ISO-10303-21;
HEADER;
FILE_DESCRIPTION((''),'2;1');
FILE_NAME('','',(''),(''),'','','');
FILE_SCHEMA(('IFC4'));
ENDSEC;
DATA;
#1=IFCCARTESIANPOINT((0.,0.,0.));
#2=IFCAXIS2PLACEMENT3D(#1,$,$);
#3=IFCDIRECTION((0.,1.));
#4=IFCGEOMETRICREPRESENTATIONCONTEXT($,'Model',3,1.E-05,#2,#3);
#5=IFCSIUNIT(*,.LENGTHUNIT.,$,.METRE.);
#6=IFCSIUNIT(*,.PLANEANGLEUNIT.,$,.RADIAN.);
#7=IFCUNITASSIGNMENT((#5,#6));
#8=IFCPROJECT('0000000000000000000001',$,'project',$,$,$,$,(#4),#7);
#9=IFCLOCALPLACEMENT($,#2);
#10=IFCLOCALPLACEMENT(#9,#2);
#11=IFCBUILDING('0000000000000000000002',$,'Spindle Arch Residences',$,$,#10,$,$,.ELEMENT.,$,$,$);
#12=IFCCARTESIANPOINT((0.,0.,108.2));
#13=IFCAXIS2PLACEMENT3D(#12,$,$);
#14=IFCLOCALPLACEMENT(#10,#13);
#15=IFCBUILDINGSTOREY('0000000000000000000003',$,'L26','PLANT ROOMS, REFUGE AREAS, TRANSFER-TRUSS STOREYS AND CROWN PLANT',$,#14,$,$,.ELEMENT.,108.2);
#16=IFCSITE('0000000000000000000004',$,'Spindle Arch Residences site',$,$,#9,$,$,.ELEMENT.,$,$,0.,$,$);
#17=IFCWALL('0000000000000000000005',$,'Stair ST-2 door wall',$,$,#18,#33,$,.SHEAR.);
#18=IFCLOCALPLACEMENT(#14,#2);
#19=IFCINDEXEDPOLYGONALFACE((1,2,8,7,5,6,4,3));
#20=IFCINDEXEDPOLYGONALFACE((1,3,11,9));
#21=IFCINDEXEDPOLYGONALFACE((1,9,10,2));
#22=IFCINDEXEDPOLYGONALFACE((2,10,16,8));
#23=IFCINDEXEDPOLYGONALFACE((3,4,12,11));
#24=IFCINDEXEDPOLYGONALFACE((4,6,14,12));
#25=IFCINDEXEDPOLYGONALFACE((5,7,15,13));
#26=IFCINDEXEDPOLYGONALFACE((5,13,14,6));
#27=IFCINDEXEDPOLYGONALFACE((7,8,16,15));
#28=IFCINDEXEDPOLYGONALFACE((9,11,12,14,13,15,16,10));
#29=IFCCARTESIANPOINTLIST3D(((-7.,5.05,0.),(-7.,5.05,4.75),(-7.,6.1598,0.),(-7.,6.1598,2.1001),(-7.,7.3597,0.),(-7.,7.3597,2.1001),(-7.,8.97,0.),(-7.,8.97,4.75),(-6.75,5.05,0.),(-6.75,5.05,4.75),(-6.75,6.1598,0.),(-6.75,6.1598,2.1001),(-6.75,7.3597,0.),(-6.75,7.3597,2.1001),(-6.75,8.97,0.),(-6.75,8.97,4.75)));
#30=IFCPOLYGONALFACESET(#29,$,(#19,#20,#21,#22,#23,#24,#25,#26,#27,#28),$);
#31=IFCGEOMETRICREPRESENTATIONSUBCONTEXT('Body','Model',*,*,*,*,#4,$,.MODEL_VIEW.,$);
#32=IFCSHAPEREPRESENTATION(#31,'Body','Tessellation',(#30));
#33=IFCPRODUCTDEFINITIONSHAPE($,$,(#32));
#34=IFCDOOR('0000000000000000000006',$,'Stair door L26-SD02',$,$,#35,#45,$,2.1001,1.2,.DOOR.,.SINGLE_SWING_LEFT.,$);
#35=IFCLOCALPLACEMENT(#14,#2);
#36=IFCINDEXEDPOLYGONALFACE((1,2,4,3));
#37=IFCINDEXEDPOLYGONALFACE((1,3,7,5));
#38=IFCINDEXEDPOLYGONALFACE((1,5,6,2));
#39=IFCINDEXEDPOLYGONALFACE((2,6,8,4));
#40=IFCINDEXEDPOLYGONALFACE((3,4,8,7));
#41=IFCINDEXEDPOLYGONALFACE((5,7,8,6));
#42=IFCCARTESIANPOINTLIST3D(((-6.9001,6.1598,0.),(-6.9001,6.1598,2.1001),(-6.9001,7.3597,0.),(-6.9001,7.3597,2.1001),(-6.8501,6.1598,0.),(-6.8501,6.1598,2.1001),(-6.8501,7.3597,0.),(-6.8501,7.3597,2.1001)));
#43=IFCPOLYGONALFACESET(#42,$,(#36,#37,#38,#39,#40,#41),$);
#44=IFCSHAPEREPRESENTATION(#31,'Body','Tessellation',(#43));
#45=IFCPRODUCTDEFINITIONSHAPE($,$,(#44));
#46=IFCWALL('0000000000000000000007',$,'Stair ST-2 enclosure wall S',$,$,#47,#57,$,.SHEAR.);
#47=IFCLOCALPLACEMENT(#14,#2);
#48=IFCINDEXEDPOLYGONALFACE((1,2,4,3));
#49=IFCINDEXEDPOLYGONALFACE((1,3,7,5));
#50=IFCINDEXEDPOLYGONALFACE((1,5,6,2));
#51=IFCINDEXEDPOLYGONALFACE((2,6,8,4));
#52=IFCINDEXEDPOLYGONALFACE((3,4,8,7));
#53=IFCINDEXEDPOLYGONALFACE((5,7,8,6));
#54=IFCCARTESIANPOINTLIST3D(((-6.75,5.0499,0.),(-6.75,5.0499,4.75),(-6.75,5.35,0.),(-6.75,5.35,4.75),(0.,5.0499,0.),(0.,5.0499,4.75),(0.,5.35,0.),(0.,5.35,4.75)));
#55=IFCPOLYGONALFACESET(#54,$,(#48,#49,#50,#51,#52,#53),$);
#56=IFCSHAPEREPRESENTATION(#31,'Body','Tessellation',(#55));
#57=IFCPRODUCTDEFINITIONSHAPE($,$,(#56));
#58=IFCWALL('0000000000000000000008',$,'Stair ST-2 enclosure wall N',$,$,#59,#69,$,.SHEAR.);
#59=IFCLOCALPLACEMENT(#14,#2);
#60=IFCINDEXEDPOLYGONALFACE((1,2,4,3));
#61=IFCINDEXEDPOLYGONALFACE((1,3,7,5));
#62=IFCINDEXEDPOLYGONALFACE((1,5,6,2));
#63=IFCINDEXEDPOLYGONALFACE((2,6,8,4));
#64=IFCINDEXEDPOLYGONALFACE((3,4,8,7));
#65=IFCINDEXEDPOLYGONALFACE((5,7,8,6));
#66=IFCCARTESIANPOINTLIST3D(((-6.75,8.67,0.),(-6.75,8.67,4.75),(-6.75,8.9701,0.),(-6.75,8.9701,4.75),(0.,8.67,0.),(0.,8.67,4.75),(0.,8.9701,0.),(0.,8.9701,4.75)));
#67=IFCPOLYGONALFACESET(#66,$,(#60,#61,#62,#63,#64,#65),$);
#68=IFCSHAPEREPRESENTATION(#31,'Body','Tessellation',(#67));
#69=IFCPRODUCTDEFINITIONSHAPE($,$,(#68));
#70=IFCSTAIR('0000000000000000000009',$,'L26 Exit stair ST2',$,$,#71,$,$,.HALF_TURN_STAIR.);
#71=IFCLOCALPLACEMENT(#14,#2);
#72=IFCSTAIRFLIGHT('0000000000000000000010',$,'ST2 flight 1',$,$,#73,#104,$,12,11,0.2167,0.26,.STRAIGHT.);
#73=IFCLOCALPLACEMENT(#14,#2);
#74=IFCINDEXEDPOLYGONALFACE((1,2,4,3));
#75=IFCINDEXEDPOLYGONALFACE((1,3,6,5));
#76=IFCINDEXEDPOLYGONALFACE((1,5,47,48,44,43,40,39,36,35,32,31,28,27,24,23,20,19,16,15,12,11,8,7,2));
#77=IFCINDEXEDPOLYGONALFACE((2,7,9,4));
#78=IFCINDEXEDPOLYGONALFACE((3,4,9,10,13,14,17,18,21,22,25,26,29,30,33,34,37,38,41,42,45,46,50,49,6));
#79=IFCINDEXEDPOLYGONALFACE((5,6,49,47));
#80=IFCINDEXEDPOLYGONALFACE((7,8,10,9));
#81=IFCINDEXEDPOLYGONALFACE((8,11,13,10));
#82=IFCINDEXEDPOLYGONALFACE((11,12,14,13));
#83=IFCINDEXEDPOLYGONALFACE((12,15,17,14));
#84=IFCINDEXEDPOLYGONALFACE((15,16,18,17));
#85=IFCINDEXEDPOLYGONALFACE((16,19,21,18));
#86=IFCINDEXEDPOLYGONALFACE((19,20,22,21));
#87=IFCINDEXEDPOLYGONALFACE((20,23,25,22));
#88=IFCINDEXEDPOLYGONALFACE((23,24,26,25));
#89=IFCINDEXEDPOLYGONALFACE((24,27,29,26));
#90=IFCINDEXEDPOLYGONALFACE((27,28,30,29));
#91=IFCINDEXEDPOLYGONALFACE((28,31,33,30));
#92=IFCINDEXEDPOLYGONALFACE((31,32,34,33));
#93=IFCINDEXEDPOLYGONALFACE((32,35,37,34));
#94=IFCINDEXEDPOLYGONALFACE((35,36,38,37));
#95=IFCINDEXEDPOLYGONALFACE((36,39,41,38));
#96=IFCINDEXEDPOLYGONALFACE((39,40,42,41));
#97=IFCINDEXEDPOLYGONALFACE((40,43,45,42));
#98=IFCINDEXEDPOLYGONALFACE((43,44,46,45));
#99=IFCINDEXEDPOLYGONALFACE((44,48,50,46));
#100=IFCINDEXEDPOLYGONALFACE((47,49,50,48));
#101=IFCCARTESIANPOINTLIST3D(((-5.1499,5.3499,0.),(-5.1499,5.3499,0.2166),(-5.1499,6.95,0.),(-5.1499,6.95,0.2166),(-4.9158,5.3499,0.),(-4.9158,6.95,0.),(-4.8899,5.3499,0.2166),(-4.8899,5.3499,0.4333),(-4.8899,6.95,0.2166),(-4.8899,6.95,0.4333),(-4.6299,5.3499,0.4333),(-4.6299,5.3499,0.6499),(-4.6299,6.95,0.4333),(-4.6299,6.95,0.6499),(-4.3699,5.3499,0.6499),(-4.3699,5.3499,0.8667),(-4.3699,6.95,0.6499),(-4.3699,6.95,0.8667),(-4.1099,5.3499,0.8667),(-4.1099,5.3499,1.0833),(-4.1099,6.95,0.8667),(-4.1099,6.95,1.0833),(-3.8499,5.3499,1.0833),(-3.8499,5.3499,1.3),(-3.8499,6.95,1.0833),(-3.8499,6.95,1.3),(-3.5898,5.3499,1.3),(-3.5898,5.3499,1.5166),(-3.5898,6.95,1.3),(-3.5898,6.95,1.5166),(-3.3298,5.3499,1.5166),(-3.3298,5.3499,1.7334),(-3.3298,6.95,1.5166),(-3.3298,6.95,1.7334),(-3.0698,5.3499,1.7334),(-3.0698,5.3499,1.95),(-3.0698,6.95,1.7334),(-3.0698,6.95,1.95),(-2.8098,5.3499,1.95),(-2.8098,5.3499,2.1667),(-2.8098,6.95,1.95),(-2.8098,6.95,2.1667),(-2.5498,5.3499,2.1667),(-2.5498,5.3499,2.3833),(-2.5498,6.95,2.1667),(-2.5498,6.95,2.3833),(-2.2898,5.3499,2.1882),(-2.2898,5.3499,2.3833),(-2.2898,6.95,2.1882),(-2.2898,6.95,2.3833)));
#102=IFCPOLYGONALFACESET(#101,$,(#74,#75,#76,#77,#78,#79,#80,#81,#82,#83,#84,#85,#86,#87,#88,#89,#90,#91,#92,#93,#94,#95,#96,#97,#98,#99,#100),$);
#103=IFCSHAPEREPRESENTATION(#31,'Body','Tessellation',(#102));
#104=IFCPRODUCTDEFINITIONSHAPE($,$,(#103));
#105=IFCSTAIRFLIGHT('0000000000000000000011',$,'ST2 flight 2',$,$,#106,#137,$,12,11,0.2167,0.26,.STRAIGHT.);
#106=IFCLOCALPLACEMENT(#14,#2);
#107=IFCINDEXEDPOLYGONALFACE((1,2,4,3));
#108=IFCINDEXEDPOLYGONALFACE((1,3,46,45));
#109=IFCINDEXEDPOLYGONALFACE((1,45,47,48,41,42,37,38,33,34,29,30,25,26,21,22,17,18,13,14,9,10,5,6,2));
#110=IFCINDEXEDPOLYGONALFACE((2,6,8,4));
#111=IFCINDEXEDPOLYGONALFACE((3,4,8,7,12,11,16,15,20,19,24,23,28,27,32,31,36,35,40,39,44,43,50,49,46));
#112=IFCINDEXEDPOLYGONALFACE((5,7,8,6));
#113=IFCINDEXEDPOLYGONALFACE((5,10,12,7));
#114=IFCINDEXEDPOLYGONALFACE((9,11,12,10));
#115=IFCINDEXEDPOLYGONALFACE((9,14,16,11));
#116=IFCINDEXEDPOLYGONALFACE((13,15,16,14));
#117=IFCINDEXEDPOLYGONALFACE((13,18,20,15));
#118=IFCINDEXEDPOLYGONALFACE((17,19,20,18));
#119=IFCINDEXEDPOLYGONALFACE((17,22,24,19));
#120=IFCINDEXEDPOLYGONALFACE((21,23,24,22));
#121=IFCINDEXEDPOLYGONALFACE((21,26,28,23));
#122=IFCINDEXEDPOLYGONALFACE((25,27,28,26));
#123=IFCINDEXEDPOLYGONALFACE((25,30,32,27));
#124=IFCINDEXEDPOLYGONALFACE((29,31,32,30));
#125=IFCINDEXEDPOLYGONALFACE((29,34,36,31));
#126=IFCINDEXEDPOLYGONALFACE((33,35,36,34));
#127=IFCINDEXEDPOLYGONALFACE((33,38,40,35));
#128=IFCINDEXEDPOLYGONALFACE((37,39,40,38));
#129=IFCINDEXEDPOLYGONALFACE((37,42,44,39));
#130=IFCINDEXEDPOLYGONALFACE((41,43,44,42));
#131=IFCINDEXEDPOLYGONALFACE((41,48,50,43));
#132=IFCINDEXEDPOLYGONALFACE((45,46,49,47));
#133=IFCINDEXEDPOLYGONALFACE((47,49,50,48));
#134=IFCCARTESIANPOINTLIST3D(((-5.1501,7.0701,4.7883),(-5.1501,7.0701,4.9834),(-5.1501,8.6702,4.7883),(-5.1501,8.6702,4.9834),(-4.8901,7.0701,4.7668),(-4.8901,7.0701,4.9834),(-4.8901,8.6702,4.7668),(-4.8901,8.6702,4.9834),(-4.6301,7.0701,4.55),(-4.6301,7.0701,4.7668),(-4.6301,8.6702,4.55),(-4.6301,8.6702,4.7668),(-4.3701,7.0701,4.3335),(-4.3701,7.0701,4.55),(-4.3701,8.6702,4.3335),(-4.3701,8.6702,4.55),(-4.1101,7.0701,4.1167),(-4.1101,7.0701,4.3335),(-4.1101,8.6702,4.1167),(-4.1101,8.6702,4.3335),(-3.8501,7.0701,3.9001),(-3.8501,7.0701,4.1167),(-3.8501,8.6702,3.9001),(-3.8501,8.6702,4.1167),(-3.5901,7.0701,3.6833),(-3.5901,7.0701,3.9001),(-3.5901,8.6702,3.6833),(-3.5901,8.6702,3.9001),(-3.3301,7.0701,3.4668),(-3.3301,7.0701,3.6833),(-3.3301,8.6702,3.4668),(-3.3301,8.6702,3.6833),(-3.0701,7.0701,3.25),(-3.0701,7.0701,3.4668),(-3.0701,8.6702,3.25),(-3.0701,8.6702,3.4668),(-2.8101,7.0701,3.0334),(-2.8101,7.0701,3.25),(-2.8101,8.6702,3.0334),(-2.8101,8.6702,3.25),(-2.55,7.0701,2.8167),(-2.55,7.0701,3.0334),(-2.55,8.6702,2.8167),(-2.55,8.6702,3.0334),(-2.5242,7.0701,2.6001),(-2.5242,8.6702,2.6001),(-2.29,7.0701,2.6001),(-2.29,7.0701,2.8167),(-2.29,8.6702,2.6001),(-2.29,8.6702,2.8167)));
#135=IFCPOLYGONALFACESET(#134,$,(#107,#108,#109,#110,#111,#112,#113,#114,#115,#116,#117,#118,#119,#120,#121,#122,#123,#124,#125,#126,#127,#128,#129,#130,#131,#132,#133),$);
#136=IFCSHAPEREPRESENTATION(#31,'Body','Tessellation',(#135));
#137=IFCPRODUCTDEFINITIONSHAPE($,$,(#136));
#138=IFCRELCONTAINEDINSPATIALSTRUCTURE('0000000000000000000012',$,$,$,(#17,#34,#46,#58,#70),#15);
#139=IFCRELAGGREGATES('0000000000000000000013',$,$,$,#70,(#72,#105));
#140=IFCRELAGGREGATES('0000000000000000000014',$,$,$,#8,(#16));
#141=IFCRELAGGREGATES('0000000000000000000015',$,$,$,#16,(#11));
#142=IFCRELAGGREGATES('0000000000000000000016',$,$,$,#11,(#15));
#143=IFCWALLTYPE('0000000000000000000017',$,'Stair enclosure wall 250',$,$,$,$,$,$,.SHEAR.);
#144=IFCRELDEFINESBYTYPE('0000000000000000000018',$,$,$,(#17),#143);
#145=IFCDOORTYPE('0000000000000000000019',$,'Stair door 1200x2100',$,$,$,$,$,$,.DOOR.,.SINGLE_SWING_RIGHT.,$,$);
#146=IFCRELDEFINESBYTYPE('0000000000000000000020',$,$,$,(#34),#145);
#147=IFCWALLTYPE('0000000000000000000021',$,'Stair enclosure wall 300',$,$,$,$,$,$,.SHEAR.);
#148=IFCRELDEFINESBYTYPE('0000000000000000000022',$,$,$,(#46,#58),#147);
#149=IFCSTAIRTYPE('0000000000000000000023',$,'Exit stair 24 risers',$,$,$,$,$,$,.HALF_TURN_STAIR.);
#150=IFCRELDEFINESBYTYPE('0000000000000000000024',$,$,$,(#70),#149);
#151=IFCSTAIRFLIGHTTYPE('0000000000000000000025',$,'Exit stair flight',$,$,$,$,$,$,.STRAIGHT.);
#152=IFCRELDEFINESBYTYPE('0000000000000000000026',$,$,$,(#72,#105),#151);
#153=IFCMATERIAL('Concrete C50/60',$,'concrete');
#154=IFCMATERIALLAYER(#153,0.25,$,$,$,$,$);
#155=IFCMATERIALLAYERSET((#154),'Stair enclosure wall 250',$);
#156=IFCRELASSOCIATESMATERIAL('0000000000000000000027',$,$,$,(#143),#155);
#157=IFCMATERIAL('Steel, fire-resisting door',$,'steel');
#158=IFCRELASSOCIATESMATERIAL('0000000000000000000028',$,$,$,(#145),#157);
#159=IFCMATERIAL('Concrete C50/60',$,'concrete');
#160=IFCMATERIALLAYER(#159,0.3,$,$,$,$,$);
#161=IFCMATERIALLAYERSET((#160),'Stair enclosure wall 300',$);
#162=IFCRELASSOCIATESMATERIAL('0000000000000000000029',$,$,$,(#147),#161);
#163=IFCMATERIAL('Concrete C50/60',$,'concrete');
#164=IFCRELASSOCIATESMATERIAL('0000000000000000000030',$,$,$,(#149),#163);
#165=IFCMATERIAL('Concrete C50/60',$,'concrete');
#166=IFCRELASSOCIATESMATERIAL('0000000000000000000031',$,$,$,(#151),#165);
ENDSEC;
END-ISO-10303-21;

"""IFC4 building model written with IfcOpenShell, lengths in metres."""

from ifc_helpers import new_model, si_unit, direction, frame, frame_2d, origin, place, context, subcontext, project, spatial, polyline, rectangle, outline, extrude, material, layer, layer_set, type_object, element, fill, aggregate, save


model = new_model("IFC4")

# Units and contexts
model_context = context("Model", 3, precision=1e-05, world=origin(), true_north=direction((0.0, 1.0)))
body_context = subcontext(model_context, "Body", "Model", "MODEL_VIEW")
ifc_project = project(units=[si_unit("LENGTHUNIT", "METRE"), si_unit("PLANEANGLEUNIT", "RADIAN")], contexts=[model_context])

# Site, building, storey
site_placement = place(None, origin())
site = spatial("IfcSite", under=ifc_project, at=site_placement, Name="Spindle Arch Residences site", CompositionType="ELEMENT", RefElevation=0.0)
building_placement = place(site_placement, origin())
building = spatial("IfcBuilding", under=site, at=building_placement, Name="Spindle Arch Residences", CompositionType="ELEMENT")
storey_placement = place(building_placement, frame((0.0, 0.0, 108.2)))
storey = spatial("IfcBuildingStorey", under=building, at=storey_placement, Name="L26", Description="PLANT ROOMS, REFUGE AREAS, TRANSFER-TRUSS STOREYS AND CROWN PLANT", CompositionType="ELEMENT", Elevation=108.2)

# Wall, opening, door
ifc_material_1 = material(Name="Concrete C50/60", Category="concrete")
ifc_layer_1 = layer(ifc_material_1, 0.25)
ifc_layer_set_1 = layer_set([ifc_layer_1], Name="Stair enclosure wall 250")
wall_type_1 = type_object("IfcWallType", Name="Stair enclosure wall 250", PredefinedType="SHEAR", material=ifc_layer_set_1)
wall_1_placement = place(storey_placement, frame((-6.875, 8.97, 0.0), z_axis=(0.0, 0.0, 1.0), x_axis=(0.0, -1.0, 0.0)))
wall_1 = element("IfcWall", 1, at=wall_1_placement, inside=storey, type_object=wall_type_1, Name="Stair ST-2 door wall", PredefinedType="SHEAR", context=body_context, shape_type="SweptSolid", body=[
    extrude(rectangle(XDim=3.9199, YDim=0.25, at=frame_2d((1.96, 0.0))), origin(), (0.0, 0.0, 1.0), 4.75),
])
opening_1_placement = place(wall_1_placement, frame((1.6101, 0.0, 0.0)))
opening_1 = element("IfcOpeningElement", 2, at=opening_1_placement, cuts=wall_1, PredefinedType="OPENING", context=body_context, shape_type="SweptSolid", body=[
    extrude(rectangle(XDim=1.2, YDim=2.1001, at=frame_2d((0.6001, 1.05))), frame((0.0, 0.135, 0.0), z_axis=(0.0, -1.0, 0.0), x_axis=(1.0, 0.0, 0.0)), (0.0, 0.0, 1.0), 0.27),
])
ifc_material_2 = material(Name="Steel, fire-resisting door", Category="steel")
door_type_1 = type_object("IfcDoorType", Name="Stair door 1200x2100", OperationType="SINGLE_SWING_RIGHT", PredefinedType="DOOR", material=ifc_material_2)
door_1_placement = place(opening_1_placement, origin())
door_1 = element("IfcDoor", 3, at=door_1_placement, inside=storey, type_object=door_type_1, Name="Stair door L26-SD02", OperationType="SINGLE_SWING_LEFT", OverallHeight=2.1001, OverallWidth=1.2, PredefinedType="DOOR", context=body_context, shape_type="SweptSolid", body=[
    extrude(rectangle(XDim=1.2, YDim=2.1001, at=frame_2d((0.6001, 1.05))), frame((0.0, 0.0249, 0.0), z_axis=(0.0, -1.0, 0.0), x_axis=(1.0, 0.0, 0.0)), (0.0, 0.0, 1.0), 0.05),
])
fill(opening_1, door_1)

# Walls
ifc_material_3 = material(Name="Concrete C50/60", Category="concrete")
ifc_layer_2 = layer(ifc_material_3, 0.3)
ifc_layer_set_2 = layer_set([ifc_layer_2], Name="Stair enclosure wall 300")
wall_type_2 = type_object("IfcWallType", Name="Stair enclosure wall 300", PredefinedType="SHEAR", material=ifc_layer_set_2)
for number, where, z_axis, x_axis, name in (
    (4, (-6.75, 5.2, 0.0), (0.0, 0.0, 1.0), (1.0, 0.0, 0.0), "Stair ST-2 enclosure wall S"),
    (5, (-6.75, 8.8201, 0.0), (0.0, 0.0, 1.0), (1.0, 0.0, 0.0), "Stair ST-2 enclosure wall N"),
):
    element("IfcWall", number, at=place(storey_placement, frame(where, z_axis=z_axis, x_axis=x_axis)), inside=storey, type_object=wall_type_2, Name=name, PredefinedType="SHEAR", context=body_context, shape_type="SweptSolid", body=[
        extrude(rectangle(XDim=6.75, YDim=0.3, at=frame_2d((3.375, 0.0))), origin(), (0.0, 0.0, 1.0), 4.75),
    ])

# Stair, stair flights
ifc_material_4 = material(Name="Concrete C50/60", Category="concrete")
stair_type = type_object("IfcStairType", Name="Exit stair 24 risers", PredefinedType="HALF_TURN_STAIR", material=ifc_material_4)
stair_placement = place(storey_placement, origin())
stair = element("IfcStair", 6, at=stair_placement, inside=storey, type_object=stair_type, Name="L26 Exit stair ST2", PredefinedType="HALF_TURN_STAIR")
ifc_material_5 = material(Name="Concrete C50/60", Category="concrete")
stair_flight_type = type_object("IfcStairFlightType", Name="Exit stair flight", PredefinedType="STRAIGHT", material=ifc_material_5)
stair_flight_1_placement = place(storey_placement, frame((-5.1499, 6.1499, 0.0), z_axis=(0.0, 0.0, 1.0), x_axis=(1.0, 0.0, 0.0)))
stair_flight_1 = element("IfcStairFlight", 7, at=stair_flight_1_placement, type_object=stair_flight_type, Name="ST2 flight 1", NumberOfRisers=12, NumberOfTreads=11, PredefinedType="STRAIGHT", RiserHeight=0.2167, TreadLength=0.26, context=body_context, shape_type="SweptSolid", body=[
    extrude(outline(polyline([(0.0, 0.0), (0.0, 0.2166), (0.26, 0.2166), (0.26, 0.4333), (0.52, 0.4333), (0.52, 0.6499), (0.78, 0.6499), (0.78, 0.8667), (1.04, 0.8667), (1.04, 1.0833), (1.3, 1.0833), (1.3, 1.3), (1.5601, 1.3), (1.5601, 1.5166), (1.8201, 1.5166), (1.8201, 1.7334), (2.0801, 1.7334), (2.0801, 1.95), (2.3401, 1.95), (2.3401, 2.1667), (2.6001, 2.1667), (2.6001, 2.3833), (2.8601, 2.3833), (2.8601, 2.6001), (2.8601, 2.1882), (0.2341, 0.0), (0.0, 0.0)])), frame((0.0, 0.8, 0.0), z_axis=(0.0, -1.0, 0.0), x_axis=(1.0, 0.0, 0.0)), (0.0, 0.0, 1.0), 1.6001),
])
stair_flight_2_placement = place(storey_placement, frame((-2.29, 7.8701, 2.6001), z_axis=(0.0, 0.0, 1.0), x_axis=(-1.0, 0.0, 0.0)))
stair_flight_2 = element("IfcStairFlight", 8, at=stair_flight_2_placement, type_object=stair_flight_type, Name="ST2 flight 2", NumberOfRisers=12, NumberOfTreads=11, PredefinedType="STRAIGHT", RiserHeight=0.2167, TreadLength=0.26, context=body_context, shape_type="SweptSolid", body=[
    extrude(outline(polyline([(0.0, 0.0), (0.0, 0.2166), (0.26, 0.2166), (0.26, 0.4333), (0.52, 0.4333), (0.52, 0.6499), (0.78, 0.6499), (0.78, 0.8667), (1.04, 0.8667), (1.04, 1.0833), (1.3, 1.0833), (1.3, 1.3), (1.5601, 1.3), (1.5601, 1.5166), (1.8201, 1.5166), (1.8201, 1.7334), (2.0801, 1.7334), (2.0801, 1.95), (2.3401, 1.95), (2.3401, 2.1667), (2.6001, 2.1667), (2.6001, 2.3833), (2.8601, 2.3833), (2.8601, 2.6001), (2.8601, 2.1882), (0.2341, 0.0), (0.0, 0.0)])), frame((0.0, 0.8, 0.0), z_axis=(0.0, -1.0, 0.0), x_axis=(1.0, 0.0, 0.0)), (0.0, 0.0, 1.0), 1.6001),
])
aggregate(stair, [stair_flight_1, stair_flight_2])

save(model, "model.ifc")
